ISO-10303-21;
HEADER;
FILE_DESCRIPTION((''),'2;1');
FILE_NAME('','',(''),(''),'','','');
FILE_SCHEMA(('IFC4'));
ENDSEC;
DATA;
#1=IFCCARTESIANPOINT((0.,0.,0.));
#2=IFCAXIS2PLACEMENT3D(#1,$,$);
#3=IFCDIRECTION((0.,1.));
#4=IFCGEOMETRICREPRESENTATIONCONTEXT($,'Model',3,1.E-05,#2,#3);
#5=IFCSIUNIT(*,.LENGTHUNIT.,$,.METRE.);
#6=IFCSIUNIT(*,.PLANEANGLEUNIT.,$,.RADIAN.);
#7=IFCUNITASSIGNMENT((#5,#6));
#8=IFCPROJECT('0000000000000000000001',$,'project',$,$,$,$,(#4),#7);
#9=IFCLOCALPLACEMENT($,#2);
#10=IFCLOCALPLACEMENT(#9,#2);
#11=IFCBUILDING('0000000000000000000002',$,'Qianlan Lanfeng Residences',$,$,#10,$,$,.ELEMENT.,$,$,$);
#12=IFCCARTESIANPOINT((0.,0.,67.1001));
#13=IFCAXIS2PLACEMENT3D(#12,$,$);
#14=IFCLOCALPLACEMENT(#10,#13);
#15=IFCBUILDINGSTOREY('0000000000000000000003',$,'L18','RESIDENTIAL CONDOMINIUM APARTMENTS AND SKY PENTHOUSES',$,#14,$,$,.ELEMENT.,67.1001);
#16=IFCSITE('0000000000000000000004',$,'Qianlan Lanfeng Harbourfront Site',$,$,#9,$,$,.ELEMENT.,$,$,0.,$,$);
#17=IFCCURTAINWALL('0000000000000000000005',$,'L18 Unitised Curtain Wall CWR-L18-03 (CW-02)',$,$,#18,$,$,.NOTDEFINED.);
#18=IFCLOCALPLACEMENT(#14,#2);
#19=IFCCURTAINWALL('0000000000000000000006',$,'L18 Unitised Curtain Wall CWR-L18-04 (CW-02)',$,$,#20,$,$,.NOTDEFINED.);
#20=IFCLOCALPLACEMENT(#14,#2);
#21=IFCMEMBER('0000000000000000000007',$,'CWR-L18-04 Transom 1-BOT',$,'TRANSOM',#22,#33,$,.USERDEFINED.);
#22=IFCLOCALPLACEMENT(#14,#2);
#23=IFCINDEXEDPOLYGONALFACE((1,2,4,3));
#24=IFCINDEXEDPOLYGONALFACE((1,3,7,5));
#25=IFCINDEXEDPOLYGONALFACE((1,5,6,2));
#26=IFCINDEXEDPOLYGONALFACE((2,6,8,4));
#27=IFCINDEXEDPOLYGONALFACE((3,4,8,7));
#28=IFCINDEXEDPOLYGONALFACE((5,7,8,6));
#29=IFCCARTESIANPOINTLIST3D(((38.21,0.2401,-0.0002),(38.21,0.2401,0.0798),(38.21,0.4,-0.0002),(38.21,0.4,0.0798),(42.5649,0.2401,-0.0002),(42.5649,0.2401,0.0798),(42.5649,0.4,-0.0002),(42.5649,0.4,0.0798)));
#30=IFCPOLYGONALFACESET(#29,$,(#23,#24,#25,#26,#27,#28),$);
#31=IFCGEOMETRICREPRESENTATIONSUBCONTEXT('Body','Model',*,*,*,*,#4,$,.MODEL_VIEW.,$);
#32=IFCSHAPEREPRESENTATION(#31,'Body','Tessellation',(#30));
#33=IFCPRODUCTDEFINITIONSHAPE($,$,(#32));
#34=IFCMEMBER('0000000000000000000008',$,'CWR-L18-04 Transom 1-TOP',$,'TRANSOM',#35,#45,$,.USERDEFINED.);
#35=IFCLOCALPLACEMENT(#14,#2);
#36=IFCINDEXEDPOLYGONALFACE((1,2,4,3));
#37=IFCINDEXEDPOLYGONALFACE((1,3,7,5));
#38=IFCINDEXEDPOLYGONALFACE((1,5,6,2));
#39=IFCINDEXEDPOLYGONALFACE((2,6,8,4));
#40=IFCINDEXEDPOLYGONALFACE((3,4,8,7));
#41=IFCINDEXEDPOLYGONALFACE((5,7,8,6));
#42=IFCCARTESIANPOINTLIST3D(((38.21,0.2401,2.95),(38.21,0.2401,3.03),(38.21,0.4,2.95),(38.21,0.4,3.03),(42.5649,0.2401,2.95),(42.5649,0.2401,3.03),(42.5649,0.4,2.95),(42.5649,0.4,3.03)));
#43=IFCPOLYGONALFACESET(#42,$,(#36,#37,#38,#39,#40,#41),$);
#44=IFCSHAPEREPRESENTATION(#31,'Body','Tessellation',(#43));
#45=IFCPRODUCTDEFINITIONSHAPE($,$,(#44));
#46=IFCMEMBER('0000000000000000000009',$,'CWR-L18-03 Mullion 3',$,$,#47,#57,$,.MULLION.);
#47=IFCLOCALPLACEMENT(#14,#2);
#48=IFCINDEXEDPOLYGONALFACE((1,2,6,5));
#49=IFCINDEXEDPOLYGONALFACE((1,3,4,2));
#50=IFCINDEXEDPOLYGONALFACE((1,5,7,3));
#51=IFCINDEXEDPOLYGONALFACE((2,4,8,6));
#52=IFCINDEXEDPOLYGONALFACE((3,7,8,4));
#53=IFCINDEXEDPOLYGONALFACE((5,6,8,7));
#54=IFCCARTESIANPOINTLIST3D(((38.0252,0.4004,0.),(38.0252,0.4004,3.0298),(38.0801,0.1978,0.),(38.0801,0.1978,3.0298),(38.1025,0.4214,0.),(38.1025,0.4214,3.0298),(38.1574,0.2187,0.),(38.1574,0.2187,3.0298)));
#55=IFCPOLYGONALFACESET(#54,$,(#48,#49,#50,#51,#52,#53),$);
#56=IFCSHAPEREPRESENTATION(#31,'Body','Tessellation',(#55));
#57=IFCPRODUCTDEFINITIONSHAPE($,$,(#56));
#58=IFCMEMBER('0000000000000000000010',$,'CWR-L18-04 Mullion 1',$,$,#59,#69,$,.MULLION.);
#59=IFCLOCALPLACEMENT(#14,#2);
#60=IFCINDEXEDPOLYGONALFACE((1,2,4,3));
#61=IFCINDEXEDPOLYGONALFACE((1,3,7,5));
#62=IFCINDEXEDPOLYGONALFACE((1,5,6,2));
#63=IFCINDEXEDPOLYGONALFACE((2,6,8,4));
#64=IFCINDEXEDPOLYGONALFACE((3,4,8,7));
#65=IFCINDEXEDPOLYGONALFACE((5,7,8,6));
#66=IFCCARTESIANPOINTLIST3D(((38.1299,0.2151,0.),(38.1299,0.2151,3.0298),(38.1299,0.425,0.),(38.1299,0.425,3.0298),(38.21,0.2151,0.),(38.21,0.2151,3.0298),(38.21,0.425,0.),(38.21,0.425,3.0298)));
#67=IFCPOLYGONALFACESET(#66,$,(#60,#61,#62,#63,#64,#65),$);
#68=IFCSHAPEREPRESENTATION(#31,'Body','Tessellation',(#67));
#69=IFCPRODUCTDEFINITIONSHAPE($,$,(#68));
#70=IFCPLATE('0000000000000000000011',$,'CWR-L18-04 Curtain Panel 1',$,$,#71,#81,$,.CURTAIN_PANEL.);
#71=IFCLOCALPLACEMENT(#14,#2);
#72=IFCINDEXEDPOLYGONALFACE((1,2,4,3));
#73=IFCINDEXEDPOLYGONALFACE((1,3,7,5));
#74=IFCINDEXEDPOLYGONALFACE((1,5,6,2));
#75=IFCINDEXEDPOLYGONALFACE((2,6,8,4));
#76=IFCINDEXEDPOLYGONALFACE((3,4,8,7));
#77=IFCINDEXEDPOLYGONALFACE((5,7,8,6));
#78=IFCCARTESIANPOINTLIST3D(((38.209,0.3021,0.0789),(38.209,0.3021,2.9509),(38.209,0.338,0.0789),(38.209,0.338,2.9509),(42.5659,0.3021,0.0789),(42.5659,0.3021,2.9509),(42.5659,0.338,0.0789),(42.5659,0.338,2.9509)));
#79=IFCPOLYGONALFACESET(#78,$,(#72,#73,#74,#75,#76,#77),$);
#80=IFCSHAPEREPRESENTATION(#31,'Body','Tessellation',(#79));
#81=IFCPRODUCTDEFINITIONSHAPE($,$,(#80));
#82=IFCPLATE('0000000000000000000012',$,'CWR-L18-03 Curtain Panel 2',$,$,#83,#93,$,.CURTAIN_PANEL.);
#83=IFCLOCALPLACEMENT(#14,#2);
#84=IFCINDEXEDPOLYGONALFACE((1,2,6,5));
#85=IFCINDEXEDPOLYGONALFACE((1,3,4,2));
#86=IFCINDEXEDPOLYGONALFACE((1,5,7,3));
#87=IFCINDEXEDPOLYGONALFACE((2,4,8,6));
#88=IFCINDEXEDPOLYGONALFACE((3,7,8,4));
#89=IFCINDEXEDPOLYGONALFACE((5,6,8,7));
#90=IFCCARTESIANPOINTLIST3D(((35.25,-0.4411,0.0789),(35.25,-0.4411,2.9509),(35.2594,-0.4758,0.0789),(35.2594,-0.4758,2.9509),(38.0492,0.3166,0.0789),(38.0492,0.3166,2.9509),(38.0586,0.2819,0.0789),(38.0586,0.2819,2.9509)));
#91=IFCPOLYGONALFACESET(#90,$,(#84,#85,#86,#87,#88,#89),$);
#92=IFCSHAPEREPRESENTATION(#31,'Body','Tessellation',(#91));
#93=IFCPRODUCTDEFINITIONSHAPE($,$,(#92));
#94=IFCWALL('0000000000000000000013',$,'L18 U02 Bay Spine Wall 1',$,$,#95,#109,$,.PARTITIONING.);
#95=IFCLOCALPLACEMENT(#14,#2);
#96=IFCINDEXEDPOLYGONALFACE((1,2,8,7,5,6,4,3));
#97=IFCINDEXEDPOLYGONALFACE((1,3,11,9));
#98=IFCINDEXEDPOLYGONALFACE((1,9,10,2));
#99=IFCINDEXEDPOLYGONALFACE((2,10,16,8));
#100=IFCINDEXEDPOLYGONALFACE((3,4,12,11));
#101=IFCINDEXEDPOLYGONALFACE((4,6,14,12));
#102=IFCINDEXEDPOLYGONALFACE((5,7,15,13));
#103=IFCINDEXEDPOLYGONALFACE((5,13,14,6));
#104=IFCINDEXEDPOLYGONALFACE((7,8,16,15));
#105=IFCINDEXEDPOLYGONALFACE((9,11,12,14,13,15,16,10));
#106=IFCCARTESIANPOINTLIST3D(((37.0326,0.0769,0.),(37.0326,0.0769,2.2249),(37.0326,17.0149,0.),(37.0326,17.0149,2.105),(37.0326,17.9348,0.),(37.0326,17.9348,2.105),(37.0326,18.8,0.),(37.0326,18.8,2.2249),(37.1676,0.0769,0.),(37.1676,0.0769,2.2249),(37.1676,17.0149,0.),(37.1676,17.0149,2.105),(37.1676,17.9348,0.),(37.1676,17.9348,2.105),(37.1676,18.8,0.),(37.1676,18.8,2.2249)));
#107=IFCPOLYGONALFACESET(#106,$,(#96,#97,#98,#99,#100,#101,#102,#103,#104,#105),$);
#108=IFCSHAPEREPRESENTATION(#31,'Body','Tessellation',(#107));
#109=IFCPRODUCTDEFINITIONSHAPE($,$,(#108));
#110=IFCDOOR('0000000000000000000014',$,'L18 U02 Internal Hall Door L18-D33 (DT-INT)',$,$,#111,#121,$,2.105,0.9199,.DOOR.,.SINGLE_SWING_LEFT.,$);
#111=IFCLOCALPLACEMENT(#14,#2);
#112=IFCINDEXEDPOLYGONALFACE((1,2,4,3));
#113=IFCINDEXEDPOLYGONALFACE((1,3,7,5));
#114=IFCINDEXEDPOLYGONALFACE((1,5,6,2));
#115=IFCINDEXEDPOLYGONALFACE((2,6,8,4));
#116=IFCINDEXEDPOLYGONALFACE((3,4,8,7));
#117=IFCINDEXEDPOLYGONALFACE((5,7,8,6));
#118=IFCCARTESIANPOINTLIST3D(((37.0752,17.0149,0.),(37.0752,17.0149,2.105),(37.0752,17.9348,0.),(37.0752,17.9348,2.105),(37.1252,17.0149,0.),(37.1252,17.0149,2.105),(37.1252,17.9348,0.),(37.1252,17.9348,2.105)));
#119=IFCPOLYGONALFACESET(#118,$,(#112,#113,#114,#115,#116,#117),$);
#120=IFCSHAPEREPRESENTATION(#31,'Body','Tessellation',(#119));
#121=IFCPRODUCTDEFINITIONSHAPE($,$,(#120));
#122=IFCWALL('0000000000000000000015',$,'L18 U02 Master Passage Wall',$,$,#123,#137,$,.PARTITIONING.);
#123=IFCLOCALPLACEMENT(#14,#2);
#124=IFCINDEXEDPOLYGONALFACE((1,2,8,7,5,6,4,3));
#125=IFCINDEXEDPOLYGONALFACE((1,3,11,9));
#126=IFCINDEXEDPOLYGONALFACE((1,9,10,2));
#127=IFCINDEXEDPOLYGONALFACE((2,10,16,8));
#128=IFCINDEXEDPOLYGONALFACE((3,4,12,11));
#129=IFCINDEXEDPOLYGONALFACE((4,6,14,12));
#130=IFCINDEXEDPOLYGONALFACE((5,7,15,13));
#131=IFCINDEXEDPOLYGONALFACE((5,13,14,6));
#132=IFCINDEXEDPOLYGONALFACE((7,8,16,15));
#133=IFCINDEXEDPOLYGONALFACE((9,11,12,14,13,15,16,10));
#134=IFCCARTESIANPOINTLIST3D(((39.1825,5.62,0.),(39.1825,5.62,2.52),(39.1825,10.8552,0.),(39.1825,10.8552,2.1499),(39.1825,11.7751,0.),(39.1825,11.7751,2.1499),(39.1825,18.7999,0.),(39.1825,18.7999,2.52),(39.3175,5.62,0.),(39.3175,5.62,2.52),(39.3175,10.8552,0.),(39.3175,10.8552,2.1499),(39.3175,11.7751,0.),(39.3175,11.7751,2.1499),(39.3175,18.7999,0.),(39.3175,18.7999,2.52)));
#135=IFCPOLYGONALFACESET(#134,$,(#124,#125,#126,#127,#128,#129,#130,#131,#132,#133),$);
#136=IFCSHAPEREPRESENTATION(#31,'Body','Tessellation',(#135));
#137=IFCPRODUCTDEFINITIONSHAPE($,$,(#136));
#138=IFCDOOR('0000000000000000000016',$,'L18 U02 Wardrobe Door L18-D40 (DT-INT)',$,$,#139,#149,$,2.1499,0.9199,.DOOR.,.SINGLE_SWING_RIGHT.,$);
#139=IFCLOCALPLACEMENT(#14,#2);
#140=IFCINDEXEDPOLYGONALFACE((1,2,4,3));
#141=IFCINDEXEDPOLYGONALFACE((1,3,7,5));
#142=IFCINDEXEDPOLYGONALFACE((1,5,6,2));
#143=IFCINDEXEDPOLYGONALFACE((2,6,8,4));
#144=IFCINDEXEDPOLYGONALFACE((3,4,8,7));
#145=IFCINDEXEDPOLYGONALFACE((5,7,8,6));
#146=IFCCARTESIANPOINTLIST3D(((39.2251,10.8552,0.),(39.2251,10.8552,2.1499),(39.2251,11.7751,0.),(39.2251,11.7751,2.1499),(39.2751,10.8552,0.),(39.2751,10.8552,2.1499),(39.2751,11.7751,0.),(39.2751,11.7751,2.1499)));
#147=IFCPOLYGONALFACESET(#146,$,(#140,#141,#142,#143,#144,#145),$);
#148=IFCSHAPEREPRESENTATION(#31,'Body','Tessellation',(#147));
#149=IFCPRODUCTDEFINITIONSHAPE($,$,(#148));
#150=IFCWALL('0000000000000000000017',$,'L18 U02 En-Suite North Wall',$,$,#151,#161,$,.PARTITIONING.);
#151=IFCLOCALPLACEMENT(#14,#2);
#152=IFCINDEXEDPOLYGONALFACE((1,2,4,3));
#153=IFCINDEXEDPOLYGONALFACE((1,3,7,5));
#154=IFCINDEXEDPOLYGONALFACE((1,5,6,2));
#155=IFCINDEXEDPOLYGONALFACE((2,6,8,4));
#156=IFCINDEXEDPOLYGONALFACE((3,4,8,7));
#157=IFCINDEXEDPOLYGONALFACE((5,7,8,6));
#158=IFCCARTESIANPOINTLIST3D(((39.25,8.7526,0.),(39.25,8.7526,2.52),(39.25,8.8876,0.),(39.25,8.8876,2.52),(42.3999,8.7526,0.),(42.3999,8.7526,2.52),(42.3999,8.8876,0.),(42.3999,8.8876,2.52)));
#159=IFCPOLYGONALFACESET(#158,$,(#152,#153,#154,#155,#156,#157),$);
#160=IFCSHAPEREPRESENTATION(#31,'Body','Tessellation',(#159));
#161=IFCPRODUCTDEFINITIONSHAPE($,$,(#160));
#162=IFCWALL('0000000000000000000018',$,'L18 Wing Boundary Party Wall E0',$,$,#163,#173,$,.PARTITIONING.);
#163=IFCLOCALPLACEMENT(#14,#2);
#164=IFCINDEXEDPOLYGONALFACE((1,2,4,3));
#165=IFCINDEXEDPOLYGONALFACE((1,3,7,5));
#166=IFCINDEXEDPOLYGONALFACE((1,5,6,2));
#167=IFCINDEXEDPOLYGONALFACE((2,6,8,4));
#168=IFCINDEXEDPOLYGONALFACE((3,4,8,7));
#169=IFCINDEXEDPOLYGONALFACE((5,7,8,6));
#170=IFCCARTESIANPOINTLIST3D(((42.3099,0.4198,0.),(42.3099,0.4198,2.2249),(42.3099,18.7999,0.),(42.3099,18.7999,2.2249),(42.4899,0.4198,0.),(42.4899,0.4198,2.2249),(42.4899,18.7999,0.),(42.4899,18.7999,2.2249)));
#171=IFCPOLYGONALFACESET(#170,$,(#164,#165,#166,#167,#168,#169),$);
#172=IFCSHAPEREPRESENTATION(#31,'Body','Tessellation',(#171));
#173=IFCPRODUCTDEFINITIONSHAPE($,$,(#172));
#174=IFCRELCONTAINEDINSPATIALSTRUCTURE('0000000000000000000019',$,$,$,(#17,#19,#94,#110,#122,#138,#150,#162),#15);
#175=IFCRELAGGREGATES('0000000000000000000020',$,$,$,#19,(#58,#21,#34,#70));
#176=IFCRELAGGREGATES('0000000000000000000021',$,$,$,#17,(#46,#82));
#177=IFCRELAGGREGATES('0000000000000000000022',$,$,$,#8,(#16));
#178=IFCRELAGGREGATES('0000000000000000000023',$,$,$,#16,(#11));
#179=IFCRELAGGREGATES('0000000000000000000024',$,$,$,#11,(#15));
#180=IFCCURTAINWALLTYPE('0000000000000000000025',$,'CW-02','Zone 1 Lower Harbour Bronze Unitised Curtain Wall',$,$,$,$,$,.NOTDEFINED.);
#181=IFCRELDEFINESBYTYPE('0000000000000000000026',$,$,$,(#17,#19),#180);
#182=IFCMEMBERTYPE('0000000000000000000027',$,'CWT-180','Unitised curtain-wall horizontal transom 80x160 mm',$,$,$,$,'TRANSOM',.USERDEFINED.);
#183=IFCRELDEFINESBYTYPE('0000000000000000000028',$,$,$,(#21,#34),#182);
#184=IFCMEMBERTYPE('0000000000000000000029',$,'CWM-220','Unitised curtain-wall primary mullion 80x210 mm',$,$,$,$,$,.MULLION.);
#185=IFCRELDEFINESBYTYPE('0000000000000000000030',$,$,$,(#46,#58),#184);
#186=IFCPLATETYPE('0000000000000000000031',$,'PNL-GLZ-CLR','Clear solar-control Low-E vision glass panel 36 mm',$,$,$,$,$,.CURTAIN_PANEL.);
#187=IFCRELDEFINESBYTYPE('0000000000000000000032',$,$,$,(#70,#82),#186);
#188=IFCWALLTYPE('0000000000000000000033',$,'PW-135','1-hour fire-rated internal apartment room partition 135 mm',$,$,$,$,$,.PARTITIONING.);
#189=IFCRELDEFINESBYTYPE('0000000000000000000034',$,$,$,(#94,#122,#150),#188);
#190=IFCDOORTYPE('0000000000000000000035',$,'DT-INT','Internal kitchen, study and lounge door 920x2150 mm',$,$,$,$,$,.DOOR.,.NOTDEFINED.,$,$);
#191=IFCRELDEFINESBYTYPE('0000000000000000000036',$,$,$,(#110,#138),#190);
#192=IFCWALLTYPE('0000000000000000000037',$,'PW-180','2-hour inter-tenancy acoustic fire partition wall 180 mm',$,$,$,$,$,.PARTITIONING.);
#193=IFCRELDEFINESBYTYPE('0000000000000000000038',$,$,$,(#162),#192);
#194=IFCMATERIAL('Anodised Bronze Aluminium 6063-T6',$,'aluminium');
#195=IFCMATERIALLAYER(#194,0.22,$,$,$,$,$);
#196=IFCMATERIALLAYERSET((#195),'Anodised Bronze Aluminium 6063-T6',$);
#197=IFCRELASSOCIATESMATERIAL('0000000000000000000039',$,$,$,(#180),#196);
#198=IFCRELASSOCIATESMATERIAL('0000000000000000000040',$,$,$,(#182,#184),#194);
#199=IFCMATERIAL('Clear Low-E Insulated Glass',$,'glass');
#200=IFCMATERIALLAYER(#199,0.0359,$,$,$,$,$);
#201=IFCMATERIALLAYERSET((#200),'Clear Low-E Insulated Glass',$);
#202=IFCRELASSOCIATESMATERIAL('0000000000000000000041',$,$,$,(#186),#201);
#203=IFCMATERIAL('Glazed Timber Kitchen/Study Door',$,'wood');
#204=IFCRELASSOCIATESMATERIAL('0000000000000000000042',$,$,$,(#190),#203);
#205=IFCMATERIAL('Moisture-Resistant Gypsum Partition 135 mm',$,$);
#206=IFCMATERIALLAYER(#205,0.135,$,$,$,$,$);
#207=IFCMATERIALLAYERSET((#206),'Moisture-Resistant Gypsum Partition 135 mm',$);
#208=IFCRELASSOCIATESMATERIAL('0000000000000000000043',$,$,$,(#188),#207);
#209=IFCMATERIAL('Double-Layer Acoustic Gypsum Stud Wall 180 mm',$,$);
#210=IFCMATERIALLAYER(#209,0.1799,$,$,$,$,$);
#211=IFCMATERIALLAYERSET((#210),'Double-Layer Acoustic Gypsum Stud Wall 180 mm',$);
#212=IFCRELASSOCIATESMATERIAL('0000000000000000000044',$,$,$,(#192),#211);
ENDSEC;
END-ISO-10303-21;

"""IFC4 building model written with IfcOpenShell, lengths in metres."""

from ifc_helpers import new_model, si_unit, direction, frame, frame_2d, origin, origin_2d, place, context, subcontext, project, spatial, rectangle, extrude, source, transform, mapped, material, layer, layer_set, material_profile, profile_set, type_object, element, fill, aggregate, save


model = new_model("IFC4")

# Units and contexts
model_context = context("Model", 3, precision=1e-05, world=origin(), true_north=direction((0.0, 1.0)))
body_context = subcontext(model_context, "Body", "Model", "MODEL_VIEW")
ifc_project = project(units=[si_unit("LENGTHUNIT", "METRE"), si_unit("PLANEANGLEUNIT", "RADIAN")], contexts=[model_context])

# Site, building, storey
site_placement = place(None, origin())
site = spatial("IfcSite", under=ifc_project, at=site_placement, Name="Qianlan Lanfeng Harbourfront Site", CompositionType="ELEMENT", RefElevation=0.0)
building_placement = place(site_placement, origin())
building = spatial("IfcBuilding", under=site, at=building_placement, Name="Qianlan Lanfeng Residences", CompositionType="ELEMENT")
storey_placement = place(building_placement, frame((0.0, 0.0, 67.1001)))
storey = spatial("IfcBuildingStorey", under=building, at=storey_placement, Name="L18", Description="RESIDENTIAL CONDOMINIUM APARTMENTS AND SKY PENTHOUSES", CompositionType="ELEMENT", Elevation=67.1001)

# Curtain walls, members
ifc_material_1 = material(Name="Anodised Bronze Aluminium 6063-T6", Category="aluminium")
ifc_layer_1 = layer(ifc_material_1, 0.22)
ifc_layer_set_1 = layer_set([ifc_layer_1], Name="Anodised Bronze Aluminium 6063-T6")
curtain_wall_type = type_object("IfcCurtainWallType", Name="CW-02", Description="Zone 1 Lower Harbour Bronze Unitised Curtain Wall", PredefinedType="NOTDEFINED", material=ifc_layer_set_1)
curtain_wall_1_placement = place(storey_placement, origin())
curtain_wall_1 = element("IfcCurtainWall", 1, at=curtain_wall_1_placement, inside=storey, type_object=curtain_wall_type, Name="L18 Unitised Curtain Wall CWR-L18-03 (CW-02)", PredefinedType="NOTDEFINED")
ifc_material_profile_1 = material_profile(ifc_material_1, rectangle(XDim=0.0801, YDim=0.1599, at=origin_2d()), Name="ALU TRANSOM 80x160")
ifc_profile_set_1 = profile_set([ifc_material_profile_1], Name="Anodised Bronze Aluminium 6063-T6")
member_type_1 = type_object("IfcMemberType", Name="CWT-180", Description="Unitised curtain-wall horizontal transom 80x160 mm", ElementType="TRANSOM", PredefinedType="USERDEFINED", material=ifc_profile_set_1)
curtain_wall_2_placement = place(storey_placement, origin())
curtain_wall_2 = element("IfcCurtainWall", 2, at=curtain_wall_2_placement, inside=storey, type_object=curtain_wall_type, Name="L18 Unitised Curtain Wall CWR-L18-04 (CW-02)", PredefinedType="NOTDEFINED")
shared_shape_1 = source(origin(), body_context, "Body", "SweptSolid", [
    extrude(rectangle(XDim=0.0801, YDim=0.1599, at=origin_2d()), origin(), (0.0, 0.0, 1.0), 4.355),
])
member_1_placement = place(storey_placement, frame((38.21, 0.3201, 0.0398), z_axis=(1.0, 0.0, 0.0), x_axis=(0.0, 0.0, 1.0)))
member_1 = element("IfcMember", 3, at=member_1_placement, type_object=member_type_1, Name="CWR-L18-04 Transom 1-BOT", ObjectType="TRANSOM", PredefinedType="USERDEFINED", context=body_context, shape_type="MappedRepresentation", body=[
    mapped(shared_shape_1, transform((0.0, 0.0, 0.0), scale=1.0)),
])
member_2_placement = place(storey_placement, frame((38.21, 0.3201, 2.99), z_axis=(1.0, 0.0, 0.0), x_axis=(0.0, 0.0, 1.0)))
member_2 = element("IfcMember", 4, at=member_2_placement, type_object=member_type_1, Name="CWR-L18-04 Transom 1-TOP", ObjectType="TRANSOM", PredefinedType="USERDEFINED", context=body_context, shape_type="MappedRepresentation", body=[
    mapped(shared_shape_1, transform((0.0, 0.0, 0.0), scale=1.0)),
])

# Members
ifc_material_profile_2 = material_profile(ifc_material_1, rectangle(XDim=0.0801, YDim=0.21, at=origin_2d()), Name="ALU MULLION 80x210")
ifc_profile_set_2 = profile_set([ifc_material_profile_2], Name="Anodised Bronze Aluminium 6063-T6")
member_type_2 = type_object("IfcMemberType", Name="CWM-220", Description="Unitised curtain-wall primary mullion 80x210 mm", PredefinedType="MULLION", material=ifc_profile_set_2)
shared_shape_2 = source(origin(), body_context, "Body", "SweptSolid", [
    extrude(rectangle(XDim=0.0801, YDim=0.21, at=origin_2d()), origin(), (0.0, 0.0, 1.0), 3.0298),
])
member_3_placement = place(storey_placement, frame((38.0913, 0.3096, 0.0), z_axis=(0.0, 0.0, 1.0), x_axis=(0.965263, 0.261281, 0.0)))
member_3 = element("IfcMember", 5, at=member_3_placement, type_object=member_type_2, Name="CWR-L18-03 Mullion 3", PredefinedType="MULLION", context=body_context, shape_type="MappedRepresentation", body=[
    mapped(shared_shape_2, transform((0.0, 0.0, 0.0), scale=1.0)),
])
member_4_placement = place(storey_placement, frame((38.1699, 0.3201, 0.0), z_axis=(0.0, 0.0, 1.0), x_axis=(1.0, 0.0, 0.0)))
member_4 = element("IfcMember", 6, at=member_4_placement, type_object=member_type_2, Name="CWR-L18-04 Mullion 1", PredefinedType="MULLION", context=body_context, shape_type="MappedRepresentation", body=[
    mapped(shared_shape_2, transform((0.0, 0.0, 0.0), scale=1.0)),
])

# Plates
ifc_material_2 = material(Name="Clear Low-E Insulated Glass", Category="glass")
ifc_layer_2 = layer(ifc_material_2, 0.0359)
ifc_layer_set_2 = layer_set([ifc_layer_2], Name="Clear Low-E Insulated Glass")
plate_type = type_object("IfcPlateType", Name="PNL-GLZ-CLR", Description="Clear solar-control Low-E vision glass panel 36 mm", PredefinedType="CURTAIN_PANEL", material=ifc_layer_set_2)
shared_shape_3 = source(origin(), body_context, "Body", "SweptSolid", [
    extrude(rectangle(XDim=4.3569, YDim=0.0359, at=origin_2d()), origin(), (0.0, 0.0, 1.0), 2.8721),
])
plate_1_placement = place(storey_placement, frame((40.3875, 0.3201, 0.0789), z_axis=(0.0, 0.0, 1.0), x_axis=(1.0, 0.0, 0.0)))
plate_1 = element("IfcPlate", 7, at=plate_1_placement, type_object=plate_type, Name="CWR-L18-04 Curtain Panel 1", PredefinedType="CURTAIN_PANEL", context=body_context, shape_type="MappedRepresentation", body=[
    mapped(shared_shape_3, transform((0.0, 0.0, 0.0), scale=1.0)),
])
aggregate(curtain_wall_2, [member_4, member_1, member_2, plate_1])
shared_shape_4 = source(origin(), body_context, "Body", "SweptSolid", [
    extrude(rectangle(XDim=2.8999, YDim=0.0359, at=origin_2d()), origin(), (0.0, 0.0, 1.0), 2.8721),
])
plate_2_placement = place(storey_placement, frame((36.6543, -0.0796, 0.0789), z_axis=(0.0, 0.0, 1.0), x_axis=(0.965263, 0.261281, 0.0)))
plate_2 = element("IfcPlate", 8, at=plate_2_placement, type_object=plate_type, Name="CWR-L18-03 Curtain Panel 2", PredefinedType="CURTAIN_PANEL", context=body_context, shape_type="MappedRepresentation", body=[
    mapped(shared_shape_4, transform((0.0, 0.0, 0.0), scale=1.0)),
])
aggregate(curtain_wall_1, [member_3, plate_2])

# Wall, opening, door
ifc_material_3 = material(Name="Glazed Timber Kitchen/Study Door", Category="wood")
door_type_1 = type_object("IfcDoorType", Name="DT-INT", Description="Internal kitchen, study and lounge door 920x2150 mm", OperationType="NOTDEFINED", PredefinedType="DOOR", material=ifc_material_3)
ifc_material_4 = material(Name="Moisture-Resistant Gypsum Partition 135 mm")
ifc_layer_3 = layer(ifc_material_4, 0.135)
ifc_layer_set_3 = layer_set([ifc_layer_3], Name="Moisture-Resistant Gypsum Partition 135 mm")
wall_type_1 = type_object("IfcWallType", Name="PW-135", Description="1-hour fire-rated internal apartment room partition 135 mm", PredefinedType="PARTITIONING", material=ifc_layer_set_3)
wall_1_placement = place(storey_placement, frame((37.1001, 0.0769, 0.0), z_axis=(0.0, 0.0, 1.0), x_axis=(0.0, 1.0, 0.0)))
wall_1 = element("IfcWall", 9, at=wall_1_placement, inside=storey, type_object=wall_type_1, Name="L18 U02 Bay Spine Wall 1", PredefinedType="PARTITIONING", context=body_context, shape_type="SweptSolid", body=[
    extrude(rectangle(XDim=18.7231, YDim=0.135, at=frame_2d((9.3616, 0.0))), origin(), (0.0, 0.0, 1.0), 2.2249),
])
opening_1_placement = place(wall_1_placement, frame((16.938, 0.0, 0.0)))
opening_1 = element("IfcOpeningElement", 10, at=opening_1_placement, cuts=wall_1, PredefinedType="OPENING", context=body_context, shape_type="SweptSolid", body=[
    extrude(rectangle(XDim=0.9199, YDim=2.105, at=frame_2d((0.46, 1.0525))), frame((0.0, 0.0776, 0.0), z_axis=(0.0, -1.0, 0.0), x_axis=(1.0, 0.0, 0.0)), (0.0, 0.0, 1.0), 0.155),
])
door_1_placement = place(opening_1_placement, origin())
door_1 = element("IfcDoor", 11, at=door_1_placement, inside=storey, type_object=door_type_1, Name="L18 U02 Internal Hall Door L18-D33 (DT-INT)", OperationType="SINGLE_SWING_LEFT", OverallHeight=2.105, OverallWidth=0.9199, PredefinedType="DOOR", context=body_context, shape_type="SweptSolid", body=[
    extrude(rectangle(XDim=0.9199, YDim=2.105, at=frame_2d((0.46, 1.0525))), frame((0.0, 0.0249, 0.0), z_axis=(0.0, -1.0, 0.0), x_axis=(1.0, 0.0, 0.0)), (0.0, 0.0, 1.0), 0.05),
])
fill(opening_1, door_1)

# Wall, opening, door
wall_2_placement = place(storey_placement, frame((39.25, 5.6201, 0.0), z_axis=(0.0, 0.0, 1.0), x_axis=(0.0, 1.0, 0.0)))
wall_2 = element("IfcWall", 12, at=wall_2_placement, inside=storey, type_object=wall_type_1, Name="L18 U02 Master Passage Wall", PredefinedType="PARTITIONING", context=body_context, shape_type="SweptSolid", body=[
    extrude(rectangle(XDim=13.1799, YDim=0.135, at=frame_2d((6.5898, 0.0))), origin(), (0.0, 0.0, 1.0), 2.52),
])
opening_2_placement = place(wall_2_placement, frame((5.2351, 0.0, 0.0)))
opening_2 = element("IfcOpeningElement", 13, at=opening_2_placement, cuts=wall_2, PredefinedType="OPENING", context=body_context, shape_type="SweptSolid", body=[
    extrude(rectangle(XDim=0.9199, YDim=2.1499, at=frame_2d((0.46, 1.075))), frame((0.0, 0.0776, 0.0), z_axis=(0.0, -1.0, 0.0), x_axis=(1.0, 0.0, 0.0)), (0.0, 0.0, 1.0), 0.155),
])
door_2_placement = place(opening_2_placement, origin())
door_2 = element("IfcDoor", 14, at=door_2_placement, inside=storey, type_object=door_type_1, Name="L18 U02 Wardrobe Door L18-D40 (DT-INT)", OperationType="SINGLE_SWING_RIGHT", OverallHeight=2.1499, OverallWidth=0.9199, PredefinedType="DOOR", context=body_context, shape_type="SweptSolid", body=[
    extrude(rectangle(XDim=0.9199, YDim=2.1499, at=frame_2d((0.46, 1.075))), frame((0.0, 0.0249, 0.0), z_axis=(0.0, -1.0, 0.0), x_axis=(1.0, 0.0, 0.0)), (0.0, 0.0, 1.0), 0.05),
])
fill(opening_2, door_2)

# Walls
wall_3_placement = place(storey_placement, frame((39.25, 8.8201, 0.0), z_axis=(0.0, 0.0, 1.0), x_axis=(1.0, 0.0, 0.0)))
element("IfcWall", 15, at=wall_3_placement, inside=storey, type_object=wall_type_1, Name="L18 U02 En-Suite North Wall", PredefinedType="PARTITIONING", context=body_context, shape_type="SweptSolid", body=[
    extrude(rectangle(XDim=3.1499, YDim=0.135, at=frame_2d((1.575, 0.0))), origin(), (0.0, 0.0, 1.0), 2.52),
])
ifc_material_5 = material(Name="Double-Layer Acoustic Gypsum Stud Wall 180 mm")
ifc_layer_4 = layer(ifc_material_5, 0.1799)
ifc_layer_set_4 = layer_set([ifc_layer_4], Name="Double-Layer Acoustic Gypsum Stud Wall 180 mm")
wall_type_2 = type_object("IfcWallType", Name="PW-180", Description="2-hour inter-tenancy acoustic fire partition wall 180 mm", PredefinedType="PARTITIONING", material=ifc_layer_set_4)
wall_4_placement = place(storey_placement, frame((42.3999, 0.4199, 0.0), z_axis=(0.0, 0.0, 1.0), x_axis=(0.0, 1.0, 0.0)))
element("IfcWall", 16, at=wall_4_placement, inside=storey, type_object=wall_type_2, Name="L18 Wing Boundary Party Wall E0", PredefinedType="PARTITIONING", context=body_context, shape_type="SweptSolid", body=[
    extrude(rectangle(XDim=18.3801, YDim=0.1799, at=frame_2d((9.1899, 0.0))), origin(), (0.0, 0.0, 1.0), 2.2249),
])

save(model, "model.ifc")
